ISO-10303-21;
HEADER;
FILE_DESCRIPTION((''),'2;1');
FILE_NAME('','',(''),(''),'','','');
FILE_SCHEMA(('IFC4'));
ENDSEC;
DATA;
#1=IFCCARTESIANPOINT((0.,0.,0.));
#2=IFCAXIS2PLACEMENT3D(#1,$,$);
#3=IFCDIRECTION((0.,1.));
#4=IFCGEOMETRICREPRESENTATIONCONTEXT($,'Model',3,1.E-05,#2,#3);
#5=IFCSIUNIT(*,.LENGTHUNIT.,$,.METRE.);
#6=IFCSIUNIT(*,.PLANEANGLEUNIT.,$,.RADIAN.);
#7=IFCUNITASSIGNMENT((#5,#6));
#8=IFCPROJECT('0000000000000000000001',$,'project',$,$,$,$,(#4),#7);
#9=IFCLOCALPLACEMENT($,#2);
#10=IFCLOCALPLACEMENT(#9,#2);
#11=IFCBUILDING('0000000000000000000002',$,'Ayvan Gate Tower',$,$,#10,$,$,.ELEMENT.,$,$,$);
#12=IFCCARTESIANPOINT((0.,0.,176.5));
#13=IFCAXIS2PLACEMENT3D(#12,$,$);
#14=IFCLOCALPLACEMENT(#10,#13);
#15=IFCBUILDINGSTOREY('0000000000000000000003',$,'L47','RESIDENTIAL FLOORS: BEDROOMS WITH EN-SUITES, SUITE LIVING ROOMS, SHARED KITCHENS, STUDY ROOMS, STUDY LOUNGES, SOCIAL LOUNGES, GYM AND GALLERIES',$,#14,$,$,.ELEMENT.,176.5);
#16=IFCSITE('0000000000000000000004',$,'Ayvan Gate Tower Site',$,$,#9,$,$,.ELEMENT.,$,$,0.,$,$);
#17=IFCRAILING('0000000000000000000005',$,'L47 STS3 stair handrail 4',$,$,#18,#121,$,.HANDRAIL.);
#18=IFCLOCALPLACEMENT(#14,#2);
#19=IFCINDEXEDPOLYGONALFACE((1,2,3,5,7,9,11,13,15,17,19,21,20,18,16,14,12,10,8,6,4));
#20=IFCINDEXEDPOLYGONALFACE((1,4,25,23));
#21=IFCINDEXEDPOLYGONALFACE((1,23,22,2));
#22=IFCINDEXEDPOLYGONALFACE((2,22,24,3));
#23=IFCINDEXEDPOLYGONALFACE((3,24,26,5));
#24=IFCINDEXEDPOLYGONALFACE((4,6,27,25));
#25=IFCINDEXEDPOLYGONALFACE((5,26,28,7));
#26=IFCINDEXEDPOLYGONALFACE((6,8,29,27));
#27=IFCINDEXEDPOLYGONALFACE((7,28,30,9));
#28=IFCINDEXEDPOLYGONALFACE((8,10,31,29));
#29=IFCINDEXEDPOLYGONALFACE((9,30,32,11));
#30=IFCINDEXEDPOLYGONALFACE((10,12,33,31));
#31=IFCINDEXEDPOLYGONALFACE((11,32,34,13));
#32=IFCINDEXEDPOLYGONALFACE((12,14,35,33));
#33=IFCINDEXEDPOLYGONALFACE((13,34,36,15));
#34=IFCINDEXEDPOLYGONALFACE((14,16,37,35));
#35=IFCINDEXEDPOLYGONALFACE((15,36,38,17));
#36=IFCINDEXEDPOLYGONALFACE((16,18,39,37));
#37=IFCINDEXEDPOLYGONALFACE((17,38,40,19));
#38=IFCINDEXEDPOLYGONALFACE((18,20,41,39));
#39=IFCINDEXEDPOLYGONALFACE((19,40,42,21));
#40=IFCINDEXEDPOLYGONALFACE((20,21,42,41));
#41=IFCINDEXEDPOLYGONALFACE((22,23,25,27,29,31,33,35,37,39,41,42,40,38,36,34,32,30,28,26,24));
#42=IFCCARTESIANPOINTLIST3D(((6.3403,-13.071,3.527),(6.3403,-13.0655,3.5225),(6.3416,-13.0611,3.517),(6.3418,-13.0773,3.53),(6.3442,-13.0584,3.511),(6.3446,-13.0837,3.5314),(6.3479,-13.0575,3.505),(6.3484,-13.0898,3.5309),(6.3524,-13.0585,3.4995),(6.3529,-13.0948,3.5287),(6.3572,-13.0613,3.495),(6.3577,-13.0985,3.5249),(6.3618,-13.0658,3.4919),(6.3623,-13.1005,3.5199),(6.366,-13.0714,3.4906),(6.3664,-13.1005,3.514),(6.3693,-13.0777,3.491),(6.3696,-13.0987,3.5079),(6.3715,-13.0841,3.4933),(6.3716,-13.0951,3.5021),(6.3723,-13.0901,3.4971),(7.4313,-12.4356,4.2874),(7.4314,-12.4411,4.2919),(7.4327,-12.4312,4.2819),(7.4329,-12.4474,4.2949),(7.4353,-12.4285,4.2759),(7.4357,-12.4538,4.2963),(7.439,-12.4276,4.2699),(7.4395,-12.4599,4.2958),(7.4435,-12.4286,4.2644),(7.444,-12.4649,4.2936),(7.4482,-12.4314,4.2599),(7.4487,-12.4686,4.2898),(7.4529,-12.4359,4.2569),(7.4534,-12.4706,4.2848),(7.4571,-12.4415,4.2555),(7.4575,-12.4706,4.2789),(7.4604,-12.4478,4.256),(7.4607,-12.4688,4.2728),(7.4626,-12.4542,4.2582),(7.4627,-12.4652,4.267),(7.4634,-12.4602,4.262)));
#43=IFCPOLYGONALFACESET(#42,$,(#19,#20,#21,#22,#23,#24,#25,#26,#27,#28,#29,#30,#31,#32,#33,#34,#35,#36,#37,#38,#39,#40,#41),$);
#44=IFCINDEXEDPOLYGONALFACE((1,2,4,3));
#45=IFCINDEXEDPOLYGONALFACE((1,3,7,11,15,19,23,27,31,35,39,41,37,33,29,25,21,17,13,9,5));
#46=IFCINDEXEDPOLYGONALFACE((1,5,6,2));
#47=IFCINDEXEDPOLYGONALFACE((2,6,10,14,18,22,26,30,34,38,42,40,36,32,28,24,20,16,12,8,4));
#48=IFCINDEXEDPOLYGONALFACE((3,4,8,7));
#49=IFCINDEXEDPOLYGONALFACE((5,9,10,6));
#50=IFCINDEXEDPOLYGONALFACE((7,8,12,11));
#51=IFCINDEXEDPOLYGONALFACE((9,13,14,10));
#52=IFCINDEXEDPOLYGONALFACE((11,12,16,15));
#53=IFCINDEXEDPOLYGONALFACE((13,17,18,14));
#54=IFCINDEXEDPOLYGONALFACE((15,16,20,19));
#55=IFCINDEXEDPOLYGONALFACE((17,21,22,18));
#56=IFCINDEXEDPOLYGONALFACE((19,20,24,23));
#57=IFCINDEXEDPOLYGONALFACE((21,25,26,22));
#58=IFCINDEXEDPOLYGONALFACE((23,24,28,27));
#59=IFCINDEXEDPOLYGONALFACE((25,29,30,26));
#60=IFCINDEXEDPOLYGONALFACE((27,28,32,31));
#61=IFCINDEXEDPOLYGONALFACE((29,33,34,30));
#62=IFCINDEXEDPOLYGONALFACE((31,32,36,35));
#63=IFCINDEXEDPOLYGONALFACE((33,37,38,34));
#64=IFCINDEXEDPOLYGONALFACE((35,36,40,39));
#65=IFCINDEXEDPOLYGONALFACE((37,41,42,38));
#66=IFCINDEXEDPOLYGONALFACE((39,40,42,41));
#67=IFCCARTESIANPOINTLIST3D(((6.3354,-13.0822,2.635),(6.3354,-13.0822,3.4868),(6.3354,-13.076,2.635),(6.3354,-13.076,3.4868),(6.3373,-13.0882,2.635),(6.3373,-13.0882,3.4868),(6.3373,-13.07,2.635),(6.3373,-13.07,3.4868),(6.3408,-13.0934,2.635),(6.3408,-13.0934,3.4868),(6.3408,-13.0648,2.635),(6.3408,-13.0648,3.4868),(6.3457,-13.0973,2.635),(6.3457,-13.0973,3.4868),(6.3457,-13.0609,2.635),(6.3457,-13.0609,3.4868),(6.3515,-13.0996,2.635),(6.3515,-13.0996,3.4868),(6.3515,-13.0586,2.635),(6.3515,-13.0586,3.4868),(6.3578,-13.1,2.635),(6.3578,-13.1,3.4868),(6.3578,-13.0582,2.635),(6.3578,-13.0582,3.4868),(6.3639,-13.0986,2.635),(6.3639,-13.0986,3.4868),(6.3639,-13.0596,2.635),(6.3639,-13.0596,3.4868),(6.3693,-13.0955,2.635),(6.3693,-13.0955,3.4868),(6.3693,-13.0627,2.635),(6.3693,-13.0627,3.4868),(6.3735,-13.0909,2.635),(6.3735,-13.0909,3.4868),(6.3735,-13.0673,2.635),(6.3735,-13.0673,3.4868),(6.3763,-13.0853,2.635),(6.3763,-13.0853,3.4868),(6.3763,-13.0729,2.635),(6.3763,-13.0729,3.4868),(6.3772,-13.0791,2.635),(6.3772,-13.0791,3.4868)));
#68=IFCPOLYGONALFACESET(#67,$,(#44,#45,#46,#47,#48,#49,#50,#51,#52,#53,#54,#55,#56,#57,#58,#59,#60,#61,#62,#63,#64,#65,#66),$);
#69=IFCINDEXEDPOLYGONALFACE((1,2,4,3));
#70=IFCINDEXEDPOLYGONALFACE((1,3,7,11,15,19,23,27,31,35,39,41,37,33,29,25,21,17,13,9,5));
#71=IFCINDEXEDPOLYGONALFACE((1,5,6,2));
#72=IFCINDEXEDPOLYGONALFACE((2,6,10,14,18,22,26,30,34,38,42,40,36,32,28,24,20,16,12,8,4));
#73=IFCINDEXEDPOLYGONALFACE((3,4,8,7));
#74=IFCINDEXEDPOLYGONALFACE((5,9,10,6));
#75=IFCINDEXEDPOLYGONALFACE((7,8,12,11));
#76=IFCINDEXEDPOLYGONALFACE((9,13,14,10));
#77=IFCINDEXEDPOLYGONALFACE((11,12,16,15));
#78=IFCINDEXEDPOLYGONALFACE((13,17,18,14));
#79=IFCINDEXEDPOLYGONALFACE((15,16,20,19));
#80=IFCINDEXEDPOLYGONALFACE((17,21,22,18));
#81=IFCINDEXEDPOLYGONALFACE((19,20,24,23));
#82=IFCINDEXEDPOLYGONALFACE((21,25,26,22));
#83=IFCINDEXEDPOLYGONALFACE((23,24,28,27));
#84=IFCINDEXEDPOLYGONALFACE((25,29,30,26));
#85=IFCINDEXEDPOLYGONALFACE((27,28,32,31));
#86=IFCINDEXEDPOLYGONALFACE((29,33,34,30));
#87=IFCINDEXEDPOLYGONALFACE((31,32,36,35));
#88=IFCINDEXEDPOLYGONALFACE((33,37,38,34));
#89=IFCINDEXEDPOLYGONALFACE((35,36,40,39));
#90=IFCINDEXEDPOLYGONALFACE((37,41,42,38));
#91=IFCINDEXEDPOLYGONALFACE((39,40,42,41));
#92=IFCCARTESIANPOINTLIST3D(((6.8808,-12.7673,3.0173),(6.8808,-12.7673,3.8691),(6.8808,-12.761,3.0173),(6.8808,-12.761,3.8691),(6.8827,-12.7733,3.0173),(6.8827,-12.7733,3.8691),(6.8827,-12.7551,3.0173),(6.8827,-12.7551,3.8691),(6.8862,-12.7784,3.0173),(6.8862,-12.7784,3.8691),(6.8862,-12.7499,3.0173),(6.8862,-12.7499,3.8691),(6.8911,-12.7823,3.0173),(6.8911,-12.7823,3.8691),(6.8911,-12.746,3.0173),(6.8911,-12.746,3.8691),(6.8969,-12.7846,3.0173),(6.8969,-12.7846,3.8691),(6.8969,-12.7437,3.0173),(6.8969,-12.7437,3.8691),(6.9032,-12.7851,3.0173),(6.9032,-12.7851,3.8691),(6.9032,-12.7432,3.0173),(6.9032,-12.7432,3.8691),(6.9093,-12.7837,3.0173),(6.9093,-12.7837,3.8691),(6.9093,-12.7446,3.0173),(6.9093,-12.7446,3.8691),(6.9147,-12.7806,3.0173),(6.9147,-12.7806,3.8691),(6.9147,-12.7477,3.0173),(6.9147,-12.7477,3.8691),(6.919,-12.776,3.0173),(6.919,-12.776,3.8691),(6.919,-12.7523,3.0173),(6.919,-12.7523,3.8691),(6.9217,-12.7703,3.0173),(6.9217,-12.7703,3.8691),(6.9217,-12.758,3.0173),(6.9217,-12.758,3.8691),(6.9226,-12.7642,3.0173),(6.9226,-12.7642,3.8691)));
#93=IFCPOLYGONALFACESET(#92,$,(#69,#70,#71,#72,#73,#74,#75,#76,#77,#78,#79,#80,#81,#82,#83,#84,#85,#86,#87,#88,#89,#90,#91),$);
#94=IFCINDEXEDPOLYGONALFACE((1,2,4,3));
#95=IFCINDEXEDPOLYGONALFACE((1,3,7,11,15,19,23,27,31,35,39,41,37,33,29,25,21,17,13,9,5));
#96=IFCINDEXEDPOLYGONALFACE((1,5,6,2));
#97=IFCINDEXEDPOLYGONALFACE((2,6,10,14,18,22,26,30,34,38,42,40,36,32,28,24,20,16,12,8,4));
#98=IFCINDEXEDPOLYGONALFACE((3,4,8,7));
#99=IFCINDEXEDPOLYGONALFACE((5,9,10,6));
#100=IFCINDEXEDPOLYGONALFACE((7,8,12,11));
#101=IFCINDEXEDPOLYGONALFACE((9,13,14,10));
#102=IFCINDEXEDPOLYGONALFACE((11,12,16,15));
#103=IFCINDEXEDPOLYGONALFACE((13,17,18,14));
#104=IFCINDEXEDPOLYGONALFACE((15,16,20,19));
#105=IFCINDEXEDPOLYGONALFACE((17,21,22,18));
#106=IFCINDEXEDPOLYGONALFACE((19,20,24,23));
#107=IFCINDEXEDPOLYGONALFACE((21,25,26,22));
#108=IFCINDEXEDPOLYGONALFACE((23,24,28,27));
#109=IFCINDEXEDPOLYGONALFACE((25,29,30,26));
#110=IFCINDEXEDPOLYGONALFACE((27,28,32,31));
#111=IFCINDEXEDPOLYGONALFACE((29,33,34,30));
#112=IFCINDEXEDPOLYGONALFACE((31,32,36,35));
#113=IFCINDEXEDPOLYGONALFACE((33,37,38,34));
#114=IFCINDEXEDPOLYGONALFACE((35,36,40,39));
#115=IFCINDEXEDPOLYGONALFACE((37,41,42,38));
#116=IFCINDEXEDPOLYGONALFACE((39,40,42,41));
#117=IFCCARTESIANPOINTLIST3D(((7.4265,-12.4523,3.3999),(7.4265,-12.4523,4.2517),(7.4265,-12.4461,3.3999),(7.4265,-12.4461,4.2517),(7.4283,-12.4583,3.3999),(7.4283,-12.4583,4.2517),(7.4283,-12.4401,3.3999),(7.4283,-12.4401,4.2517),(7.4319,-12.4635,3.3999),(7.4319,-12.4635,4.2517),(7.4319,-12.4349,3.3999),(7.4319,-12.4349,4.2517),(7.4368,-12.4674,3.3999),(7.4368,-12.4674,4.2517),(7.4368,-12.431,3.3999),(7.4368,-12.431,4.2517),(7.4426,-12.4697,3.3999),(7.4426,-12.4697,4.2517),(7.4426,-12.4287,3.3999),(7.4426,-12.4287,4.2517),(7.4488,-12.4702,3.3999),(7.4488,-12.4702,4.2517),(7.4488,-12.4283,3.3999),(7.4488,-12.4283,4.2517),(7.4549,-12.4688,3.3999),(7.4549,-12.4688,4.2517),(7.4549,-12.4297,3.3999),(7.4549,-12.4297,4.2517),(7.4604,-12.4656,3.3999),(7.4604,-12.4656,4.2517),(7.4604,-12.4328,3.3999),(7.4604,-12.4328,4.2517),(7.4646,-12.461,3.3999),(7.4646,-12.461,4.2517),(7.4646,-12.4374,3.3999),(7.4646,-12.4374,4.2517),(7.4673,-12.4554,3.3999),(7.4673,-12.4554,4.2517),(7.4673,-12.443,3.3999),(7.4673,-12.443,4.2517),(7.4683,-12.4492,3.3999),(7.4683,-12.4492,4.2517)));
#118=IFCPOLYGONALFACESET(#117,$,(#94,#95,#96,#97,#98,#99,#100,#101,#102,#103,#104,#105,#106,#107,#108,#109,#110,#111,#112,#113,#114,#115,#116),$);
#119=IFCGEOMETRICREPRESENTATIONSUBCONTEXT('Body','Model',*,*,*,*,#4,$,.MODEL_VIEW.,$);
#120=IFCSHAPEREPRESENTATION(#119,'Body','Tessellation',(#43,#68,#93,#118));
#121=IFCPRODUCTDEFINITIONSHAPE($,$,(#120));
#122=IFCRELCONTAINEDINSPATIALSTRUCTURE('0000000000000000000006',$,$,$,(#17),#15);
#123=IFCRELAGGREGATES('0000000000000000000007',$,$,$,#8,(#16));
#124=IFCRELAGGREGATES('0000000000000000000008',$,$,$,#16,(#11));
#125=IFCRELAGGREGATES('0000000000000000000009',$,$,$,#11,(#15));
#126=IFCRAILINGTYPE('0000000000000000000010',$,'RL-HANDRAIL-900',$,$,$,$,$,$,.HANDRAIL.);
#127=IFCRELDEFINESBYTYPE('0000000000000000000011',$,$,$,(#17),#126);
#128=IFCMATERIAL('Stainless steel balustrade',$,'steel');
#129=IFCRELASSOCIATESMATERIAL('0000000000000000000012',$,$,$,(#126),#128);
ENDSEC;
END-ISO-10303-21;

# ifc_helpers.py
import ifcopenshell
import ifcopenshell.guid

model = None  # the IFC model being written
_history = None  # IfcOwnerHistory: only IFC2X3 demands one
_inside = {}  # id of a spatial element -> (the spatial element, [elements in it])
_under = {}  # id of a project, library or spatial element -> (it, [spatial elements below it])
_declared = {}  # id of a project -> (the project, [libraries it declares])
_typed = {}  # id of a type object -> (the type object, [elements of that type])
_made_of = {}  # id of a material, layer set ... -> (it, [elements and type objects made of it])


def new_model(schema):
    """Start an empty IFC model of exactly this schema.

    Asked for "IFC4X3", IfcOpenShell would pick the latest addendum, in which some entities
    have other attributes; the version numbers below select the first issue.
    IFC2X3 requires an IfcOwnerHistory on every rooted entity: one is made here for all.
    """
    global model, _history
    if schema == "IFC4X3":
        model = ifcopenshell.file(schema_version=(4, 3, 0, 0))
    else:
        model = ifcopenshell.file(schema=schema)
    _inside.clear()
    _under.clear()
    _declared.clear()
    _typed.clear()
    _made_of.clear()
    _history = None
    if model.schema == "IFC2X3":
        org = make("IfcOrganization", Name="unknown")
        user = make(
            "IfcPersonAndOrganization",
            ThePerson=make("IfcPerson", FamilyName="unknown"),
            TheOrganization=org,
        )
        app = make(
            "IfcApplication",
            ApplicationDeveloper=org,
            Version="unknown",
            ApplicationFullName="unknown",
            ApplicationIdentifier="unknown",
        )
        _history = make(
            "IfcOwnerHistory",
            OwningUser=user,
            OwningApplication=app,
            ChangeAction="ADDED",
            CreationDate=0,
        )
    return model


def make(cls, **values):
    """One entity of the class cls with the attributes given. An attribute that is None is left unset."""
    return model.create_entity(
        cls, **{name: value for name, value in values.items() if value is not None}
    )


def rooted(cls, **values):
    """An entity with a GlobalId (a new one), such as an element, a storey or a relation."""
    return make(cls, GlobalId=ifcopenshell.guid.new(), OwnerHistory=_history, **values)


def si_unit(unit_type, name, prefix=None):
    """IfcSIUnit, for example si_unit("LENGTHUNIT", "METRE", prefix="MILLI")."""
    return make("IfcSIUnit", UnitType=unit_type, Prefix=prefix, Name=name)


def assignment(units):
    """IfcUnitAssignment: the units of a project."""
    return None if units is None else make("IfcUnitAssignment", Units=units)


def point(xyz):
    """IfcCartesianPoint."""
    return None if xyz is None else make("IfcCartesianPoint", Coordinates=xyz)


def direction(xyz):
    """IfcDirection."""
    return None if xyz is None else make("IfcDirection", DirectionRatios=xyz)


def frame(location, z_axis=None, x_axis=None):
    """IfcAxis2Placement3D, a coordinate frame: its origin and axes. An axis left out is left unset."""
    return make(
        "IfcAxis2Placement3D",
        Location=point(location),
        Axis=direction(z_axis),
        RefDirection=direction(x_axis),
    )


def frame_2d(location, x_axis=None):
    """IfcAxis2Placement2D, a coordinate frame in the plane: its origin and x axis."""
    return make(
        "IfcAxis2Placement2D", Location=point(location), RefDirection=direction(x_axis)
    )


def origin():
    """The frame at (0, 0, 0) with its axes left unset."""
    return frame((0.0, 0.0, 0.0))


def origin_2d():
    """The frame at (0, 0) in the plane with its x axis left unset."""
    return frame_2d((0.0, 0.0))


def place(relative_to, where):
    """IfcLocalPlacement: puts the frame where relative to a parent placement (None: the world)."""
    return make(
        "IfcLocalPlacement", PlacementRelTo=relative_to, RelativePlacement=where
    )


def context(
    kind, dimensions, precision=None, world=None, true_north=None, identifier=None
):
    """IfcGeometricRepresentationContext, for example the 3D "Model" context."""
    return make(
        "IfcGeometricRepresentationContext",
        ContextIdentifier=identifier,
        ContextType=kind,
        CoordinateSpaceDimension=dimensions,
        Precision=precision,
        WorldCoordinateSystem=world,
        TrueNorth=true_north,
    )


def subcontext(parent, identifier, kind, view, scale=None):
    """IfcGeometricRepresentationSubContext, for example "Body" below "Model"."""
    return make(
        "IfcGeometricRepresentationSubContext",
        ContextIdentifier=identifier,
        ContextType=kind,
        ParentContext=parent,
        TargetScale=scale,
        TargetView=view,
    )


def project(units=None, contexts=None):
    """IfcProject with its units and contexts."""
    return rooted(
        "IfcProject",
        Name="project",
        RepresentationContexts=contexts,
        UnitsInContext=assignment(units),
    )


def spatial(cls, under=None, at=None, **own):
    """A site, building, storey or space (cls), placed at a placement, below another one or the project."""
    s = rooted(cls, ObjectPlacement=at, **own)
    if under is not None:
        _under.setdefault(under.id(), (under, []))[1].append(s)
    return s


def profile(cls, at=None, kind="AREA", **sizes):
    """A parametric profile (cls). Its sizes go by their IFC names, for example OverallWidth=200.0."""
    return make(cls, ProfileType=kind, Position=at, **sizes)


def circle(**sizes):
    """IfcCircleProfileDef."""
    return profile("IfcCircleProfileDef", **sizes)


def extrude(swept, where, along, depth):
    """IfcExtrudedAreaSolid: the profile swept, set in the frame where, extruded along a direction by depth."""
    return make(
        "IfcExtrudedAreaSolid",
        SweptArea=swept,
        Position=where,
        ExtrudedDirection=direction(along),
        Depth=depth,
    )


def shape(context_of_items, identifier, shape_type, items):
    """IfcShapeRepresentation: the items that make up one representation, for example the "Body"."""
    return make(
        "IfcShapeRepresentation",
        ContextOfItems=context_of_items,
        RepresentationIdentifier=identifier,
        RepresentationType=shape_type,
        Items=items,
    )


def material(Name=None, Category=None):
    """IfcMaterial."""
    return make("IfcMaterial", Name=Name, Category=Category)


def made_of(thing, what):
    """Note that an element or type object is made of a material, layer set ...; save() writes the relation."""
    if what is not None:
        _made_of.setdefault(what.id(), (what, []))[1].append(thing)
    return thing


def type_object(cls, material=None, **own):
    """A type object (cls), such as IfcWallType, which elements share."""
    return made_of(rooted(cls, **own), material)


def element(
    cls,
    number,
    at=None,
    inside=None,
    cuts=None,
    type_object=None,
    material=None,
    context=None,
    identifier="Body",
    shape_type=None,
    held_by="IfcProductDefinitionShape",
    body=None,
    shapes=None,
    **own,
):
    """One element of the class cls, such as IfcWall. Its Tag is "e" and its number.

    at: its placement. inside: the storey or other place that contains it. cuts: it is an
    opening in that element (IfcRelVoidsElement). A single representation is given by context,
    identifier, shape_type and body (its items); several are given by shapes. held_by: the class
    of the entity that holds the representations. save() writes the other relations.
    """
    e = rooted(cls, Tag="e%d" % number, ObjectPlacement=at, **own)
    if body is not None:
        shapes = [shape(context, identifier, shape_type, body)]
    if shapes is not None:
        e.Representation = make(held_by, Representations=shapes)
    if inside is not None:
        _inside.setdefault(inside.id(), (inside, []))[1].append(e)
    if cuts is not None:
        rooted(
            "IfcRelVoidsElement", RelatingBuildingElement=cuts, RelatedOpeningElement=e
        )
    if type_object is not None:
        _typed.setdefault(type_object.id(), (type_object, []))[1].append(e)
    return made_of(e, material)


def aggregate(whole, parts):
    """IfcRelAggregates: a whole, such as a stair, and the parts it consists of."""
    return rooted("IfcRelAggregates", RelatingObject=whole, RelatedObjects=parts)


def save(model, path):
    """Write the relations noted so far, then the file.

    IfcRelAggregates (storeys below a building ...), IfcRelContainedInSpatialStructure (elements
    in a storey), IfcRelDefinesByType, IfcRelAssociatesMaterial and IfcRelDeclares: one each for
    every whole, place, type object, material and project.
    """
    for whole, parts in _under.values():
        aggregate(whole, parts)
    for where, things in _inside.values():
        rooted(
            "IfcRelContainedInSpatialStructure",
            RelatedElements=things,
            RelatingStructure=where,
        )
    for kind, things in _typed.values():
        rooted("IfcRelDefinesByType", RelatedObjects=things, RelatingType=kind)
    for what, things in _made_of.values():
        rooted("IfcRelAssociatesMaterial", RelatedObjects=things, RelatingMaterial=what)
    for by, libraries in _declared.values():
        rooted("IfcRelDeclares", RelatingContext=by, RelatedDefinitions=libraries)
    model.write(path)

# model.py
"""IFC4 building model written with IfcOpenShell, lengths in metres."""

from ifc_helpers import new_model, si_unit, direction, frame, origin, origin_2d, place, context, subcontext, project, spatial, circle, extrude, material, type_object, element, save


model = new_model("IFC4")

# Units and contexts
model_context = context("Model", 3, precision=1e-05, world=origin(), true_north=direction((0.0, 1.0)))
body_context = subcontext(model_context, "Body", "Model", "MODEL_VIEW")
ifc_project = project(units=[si_unit("LENGTHUNIT", "METRE"), si_unit("PLANEANGLEUNIT", "RADIAN")], contexts=[model_context])

# Site, building, storey
site_placement = place(None, origin())
site = spatial("IfcSite", under=ifc_project, at=site_placement, Name="Ayvan Gate Tower Site", CompositionType="ELEMENT", RefElevation=0.0)
building_placement = place(site_placement, origin())
building = spatial("IfcBuilding", under=site, at=building_placement, Name="Ayvan Gate Tower", CompositionType="ELEMENT")
storey_placement = place(building_placement, frame((0.0, 0.0, 176.5)))
storey = spatial("IfcBuildingStorey", under=building, at=storey_placement, Name="L47", Description="RESIDENTIAL FLOORS: BEDROOMS WITH EN-SUITES, SUITE LIVING ROOMS, SHARED KITCHENS, STUDY ROOMS, STUDY LOUNGES, SOCIAL LOUNGES, GYM AND GALLERIES", CompositionType="ELEMENT", Elevation=176.5)

# Railing
ifc_material_1 = material(Name="Stainless steel balustrade", Category="steel")
railing_type_1 = type_object("IfcRailingType", Name="RL-HANDRAIL-900", PredefinedType="HANDRAIL", material=ifc_material_1)
railing_1_placement = place(storey_placement, frame((6.3562, -13.0791, 2.635)))
element("IfcRailing", 1, at=railing_1_placement, inside=storey, type_object=railing_type_1, Name="L47 STS3 stair handrail 4", PredefinedType="HANDRAIL", context=body_context, shape_type="SweptSolid", body=[
    extrude(circle(Radius=0.0239, at=origin_2d()), frame((0.0, 0.0, 0.876), z_axis=(0.740282, 0.427372, 0.518976), x_axis=(-0.499974, 0.86604, 0.0)), (0.0, 0.0, 1.0), 1.4739),
    extrude(circle(Radius=0.021, at=origin_2d()), origin(), (0.0, 0.0, 1.0), 0.8518),
    extrude(circle(Radius=0.021, at=origin_2d()), frame((0.5454, 0.3149, 0.3823)), (0.0, 0.0, 1.0), 0.8518),
    extrude(circle(Radius=0.021, at=origin_2d()), frame((1.0911, 0.6299, 0.7649)), (0.0, 0.0, 1.0), 0.8518),
])

save(model, "model.ifc")
